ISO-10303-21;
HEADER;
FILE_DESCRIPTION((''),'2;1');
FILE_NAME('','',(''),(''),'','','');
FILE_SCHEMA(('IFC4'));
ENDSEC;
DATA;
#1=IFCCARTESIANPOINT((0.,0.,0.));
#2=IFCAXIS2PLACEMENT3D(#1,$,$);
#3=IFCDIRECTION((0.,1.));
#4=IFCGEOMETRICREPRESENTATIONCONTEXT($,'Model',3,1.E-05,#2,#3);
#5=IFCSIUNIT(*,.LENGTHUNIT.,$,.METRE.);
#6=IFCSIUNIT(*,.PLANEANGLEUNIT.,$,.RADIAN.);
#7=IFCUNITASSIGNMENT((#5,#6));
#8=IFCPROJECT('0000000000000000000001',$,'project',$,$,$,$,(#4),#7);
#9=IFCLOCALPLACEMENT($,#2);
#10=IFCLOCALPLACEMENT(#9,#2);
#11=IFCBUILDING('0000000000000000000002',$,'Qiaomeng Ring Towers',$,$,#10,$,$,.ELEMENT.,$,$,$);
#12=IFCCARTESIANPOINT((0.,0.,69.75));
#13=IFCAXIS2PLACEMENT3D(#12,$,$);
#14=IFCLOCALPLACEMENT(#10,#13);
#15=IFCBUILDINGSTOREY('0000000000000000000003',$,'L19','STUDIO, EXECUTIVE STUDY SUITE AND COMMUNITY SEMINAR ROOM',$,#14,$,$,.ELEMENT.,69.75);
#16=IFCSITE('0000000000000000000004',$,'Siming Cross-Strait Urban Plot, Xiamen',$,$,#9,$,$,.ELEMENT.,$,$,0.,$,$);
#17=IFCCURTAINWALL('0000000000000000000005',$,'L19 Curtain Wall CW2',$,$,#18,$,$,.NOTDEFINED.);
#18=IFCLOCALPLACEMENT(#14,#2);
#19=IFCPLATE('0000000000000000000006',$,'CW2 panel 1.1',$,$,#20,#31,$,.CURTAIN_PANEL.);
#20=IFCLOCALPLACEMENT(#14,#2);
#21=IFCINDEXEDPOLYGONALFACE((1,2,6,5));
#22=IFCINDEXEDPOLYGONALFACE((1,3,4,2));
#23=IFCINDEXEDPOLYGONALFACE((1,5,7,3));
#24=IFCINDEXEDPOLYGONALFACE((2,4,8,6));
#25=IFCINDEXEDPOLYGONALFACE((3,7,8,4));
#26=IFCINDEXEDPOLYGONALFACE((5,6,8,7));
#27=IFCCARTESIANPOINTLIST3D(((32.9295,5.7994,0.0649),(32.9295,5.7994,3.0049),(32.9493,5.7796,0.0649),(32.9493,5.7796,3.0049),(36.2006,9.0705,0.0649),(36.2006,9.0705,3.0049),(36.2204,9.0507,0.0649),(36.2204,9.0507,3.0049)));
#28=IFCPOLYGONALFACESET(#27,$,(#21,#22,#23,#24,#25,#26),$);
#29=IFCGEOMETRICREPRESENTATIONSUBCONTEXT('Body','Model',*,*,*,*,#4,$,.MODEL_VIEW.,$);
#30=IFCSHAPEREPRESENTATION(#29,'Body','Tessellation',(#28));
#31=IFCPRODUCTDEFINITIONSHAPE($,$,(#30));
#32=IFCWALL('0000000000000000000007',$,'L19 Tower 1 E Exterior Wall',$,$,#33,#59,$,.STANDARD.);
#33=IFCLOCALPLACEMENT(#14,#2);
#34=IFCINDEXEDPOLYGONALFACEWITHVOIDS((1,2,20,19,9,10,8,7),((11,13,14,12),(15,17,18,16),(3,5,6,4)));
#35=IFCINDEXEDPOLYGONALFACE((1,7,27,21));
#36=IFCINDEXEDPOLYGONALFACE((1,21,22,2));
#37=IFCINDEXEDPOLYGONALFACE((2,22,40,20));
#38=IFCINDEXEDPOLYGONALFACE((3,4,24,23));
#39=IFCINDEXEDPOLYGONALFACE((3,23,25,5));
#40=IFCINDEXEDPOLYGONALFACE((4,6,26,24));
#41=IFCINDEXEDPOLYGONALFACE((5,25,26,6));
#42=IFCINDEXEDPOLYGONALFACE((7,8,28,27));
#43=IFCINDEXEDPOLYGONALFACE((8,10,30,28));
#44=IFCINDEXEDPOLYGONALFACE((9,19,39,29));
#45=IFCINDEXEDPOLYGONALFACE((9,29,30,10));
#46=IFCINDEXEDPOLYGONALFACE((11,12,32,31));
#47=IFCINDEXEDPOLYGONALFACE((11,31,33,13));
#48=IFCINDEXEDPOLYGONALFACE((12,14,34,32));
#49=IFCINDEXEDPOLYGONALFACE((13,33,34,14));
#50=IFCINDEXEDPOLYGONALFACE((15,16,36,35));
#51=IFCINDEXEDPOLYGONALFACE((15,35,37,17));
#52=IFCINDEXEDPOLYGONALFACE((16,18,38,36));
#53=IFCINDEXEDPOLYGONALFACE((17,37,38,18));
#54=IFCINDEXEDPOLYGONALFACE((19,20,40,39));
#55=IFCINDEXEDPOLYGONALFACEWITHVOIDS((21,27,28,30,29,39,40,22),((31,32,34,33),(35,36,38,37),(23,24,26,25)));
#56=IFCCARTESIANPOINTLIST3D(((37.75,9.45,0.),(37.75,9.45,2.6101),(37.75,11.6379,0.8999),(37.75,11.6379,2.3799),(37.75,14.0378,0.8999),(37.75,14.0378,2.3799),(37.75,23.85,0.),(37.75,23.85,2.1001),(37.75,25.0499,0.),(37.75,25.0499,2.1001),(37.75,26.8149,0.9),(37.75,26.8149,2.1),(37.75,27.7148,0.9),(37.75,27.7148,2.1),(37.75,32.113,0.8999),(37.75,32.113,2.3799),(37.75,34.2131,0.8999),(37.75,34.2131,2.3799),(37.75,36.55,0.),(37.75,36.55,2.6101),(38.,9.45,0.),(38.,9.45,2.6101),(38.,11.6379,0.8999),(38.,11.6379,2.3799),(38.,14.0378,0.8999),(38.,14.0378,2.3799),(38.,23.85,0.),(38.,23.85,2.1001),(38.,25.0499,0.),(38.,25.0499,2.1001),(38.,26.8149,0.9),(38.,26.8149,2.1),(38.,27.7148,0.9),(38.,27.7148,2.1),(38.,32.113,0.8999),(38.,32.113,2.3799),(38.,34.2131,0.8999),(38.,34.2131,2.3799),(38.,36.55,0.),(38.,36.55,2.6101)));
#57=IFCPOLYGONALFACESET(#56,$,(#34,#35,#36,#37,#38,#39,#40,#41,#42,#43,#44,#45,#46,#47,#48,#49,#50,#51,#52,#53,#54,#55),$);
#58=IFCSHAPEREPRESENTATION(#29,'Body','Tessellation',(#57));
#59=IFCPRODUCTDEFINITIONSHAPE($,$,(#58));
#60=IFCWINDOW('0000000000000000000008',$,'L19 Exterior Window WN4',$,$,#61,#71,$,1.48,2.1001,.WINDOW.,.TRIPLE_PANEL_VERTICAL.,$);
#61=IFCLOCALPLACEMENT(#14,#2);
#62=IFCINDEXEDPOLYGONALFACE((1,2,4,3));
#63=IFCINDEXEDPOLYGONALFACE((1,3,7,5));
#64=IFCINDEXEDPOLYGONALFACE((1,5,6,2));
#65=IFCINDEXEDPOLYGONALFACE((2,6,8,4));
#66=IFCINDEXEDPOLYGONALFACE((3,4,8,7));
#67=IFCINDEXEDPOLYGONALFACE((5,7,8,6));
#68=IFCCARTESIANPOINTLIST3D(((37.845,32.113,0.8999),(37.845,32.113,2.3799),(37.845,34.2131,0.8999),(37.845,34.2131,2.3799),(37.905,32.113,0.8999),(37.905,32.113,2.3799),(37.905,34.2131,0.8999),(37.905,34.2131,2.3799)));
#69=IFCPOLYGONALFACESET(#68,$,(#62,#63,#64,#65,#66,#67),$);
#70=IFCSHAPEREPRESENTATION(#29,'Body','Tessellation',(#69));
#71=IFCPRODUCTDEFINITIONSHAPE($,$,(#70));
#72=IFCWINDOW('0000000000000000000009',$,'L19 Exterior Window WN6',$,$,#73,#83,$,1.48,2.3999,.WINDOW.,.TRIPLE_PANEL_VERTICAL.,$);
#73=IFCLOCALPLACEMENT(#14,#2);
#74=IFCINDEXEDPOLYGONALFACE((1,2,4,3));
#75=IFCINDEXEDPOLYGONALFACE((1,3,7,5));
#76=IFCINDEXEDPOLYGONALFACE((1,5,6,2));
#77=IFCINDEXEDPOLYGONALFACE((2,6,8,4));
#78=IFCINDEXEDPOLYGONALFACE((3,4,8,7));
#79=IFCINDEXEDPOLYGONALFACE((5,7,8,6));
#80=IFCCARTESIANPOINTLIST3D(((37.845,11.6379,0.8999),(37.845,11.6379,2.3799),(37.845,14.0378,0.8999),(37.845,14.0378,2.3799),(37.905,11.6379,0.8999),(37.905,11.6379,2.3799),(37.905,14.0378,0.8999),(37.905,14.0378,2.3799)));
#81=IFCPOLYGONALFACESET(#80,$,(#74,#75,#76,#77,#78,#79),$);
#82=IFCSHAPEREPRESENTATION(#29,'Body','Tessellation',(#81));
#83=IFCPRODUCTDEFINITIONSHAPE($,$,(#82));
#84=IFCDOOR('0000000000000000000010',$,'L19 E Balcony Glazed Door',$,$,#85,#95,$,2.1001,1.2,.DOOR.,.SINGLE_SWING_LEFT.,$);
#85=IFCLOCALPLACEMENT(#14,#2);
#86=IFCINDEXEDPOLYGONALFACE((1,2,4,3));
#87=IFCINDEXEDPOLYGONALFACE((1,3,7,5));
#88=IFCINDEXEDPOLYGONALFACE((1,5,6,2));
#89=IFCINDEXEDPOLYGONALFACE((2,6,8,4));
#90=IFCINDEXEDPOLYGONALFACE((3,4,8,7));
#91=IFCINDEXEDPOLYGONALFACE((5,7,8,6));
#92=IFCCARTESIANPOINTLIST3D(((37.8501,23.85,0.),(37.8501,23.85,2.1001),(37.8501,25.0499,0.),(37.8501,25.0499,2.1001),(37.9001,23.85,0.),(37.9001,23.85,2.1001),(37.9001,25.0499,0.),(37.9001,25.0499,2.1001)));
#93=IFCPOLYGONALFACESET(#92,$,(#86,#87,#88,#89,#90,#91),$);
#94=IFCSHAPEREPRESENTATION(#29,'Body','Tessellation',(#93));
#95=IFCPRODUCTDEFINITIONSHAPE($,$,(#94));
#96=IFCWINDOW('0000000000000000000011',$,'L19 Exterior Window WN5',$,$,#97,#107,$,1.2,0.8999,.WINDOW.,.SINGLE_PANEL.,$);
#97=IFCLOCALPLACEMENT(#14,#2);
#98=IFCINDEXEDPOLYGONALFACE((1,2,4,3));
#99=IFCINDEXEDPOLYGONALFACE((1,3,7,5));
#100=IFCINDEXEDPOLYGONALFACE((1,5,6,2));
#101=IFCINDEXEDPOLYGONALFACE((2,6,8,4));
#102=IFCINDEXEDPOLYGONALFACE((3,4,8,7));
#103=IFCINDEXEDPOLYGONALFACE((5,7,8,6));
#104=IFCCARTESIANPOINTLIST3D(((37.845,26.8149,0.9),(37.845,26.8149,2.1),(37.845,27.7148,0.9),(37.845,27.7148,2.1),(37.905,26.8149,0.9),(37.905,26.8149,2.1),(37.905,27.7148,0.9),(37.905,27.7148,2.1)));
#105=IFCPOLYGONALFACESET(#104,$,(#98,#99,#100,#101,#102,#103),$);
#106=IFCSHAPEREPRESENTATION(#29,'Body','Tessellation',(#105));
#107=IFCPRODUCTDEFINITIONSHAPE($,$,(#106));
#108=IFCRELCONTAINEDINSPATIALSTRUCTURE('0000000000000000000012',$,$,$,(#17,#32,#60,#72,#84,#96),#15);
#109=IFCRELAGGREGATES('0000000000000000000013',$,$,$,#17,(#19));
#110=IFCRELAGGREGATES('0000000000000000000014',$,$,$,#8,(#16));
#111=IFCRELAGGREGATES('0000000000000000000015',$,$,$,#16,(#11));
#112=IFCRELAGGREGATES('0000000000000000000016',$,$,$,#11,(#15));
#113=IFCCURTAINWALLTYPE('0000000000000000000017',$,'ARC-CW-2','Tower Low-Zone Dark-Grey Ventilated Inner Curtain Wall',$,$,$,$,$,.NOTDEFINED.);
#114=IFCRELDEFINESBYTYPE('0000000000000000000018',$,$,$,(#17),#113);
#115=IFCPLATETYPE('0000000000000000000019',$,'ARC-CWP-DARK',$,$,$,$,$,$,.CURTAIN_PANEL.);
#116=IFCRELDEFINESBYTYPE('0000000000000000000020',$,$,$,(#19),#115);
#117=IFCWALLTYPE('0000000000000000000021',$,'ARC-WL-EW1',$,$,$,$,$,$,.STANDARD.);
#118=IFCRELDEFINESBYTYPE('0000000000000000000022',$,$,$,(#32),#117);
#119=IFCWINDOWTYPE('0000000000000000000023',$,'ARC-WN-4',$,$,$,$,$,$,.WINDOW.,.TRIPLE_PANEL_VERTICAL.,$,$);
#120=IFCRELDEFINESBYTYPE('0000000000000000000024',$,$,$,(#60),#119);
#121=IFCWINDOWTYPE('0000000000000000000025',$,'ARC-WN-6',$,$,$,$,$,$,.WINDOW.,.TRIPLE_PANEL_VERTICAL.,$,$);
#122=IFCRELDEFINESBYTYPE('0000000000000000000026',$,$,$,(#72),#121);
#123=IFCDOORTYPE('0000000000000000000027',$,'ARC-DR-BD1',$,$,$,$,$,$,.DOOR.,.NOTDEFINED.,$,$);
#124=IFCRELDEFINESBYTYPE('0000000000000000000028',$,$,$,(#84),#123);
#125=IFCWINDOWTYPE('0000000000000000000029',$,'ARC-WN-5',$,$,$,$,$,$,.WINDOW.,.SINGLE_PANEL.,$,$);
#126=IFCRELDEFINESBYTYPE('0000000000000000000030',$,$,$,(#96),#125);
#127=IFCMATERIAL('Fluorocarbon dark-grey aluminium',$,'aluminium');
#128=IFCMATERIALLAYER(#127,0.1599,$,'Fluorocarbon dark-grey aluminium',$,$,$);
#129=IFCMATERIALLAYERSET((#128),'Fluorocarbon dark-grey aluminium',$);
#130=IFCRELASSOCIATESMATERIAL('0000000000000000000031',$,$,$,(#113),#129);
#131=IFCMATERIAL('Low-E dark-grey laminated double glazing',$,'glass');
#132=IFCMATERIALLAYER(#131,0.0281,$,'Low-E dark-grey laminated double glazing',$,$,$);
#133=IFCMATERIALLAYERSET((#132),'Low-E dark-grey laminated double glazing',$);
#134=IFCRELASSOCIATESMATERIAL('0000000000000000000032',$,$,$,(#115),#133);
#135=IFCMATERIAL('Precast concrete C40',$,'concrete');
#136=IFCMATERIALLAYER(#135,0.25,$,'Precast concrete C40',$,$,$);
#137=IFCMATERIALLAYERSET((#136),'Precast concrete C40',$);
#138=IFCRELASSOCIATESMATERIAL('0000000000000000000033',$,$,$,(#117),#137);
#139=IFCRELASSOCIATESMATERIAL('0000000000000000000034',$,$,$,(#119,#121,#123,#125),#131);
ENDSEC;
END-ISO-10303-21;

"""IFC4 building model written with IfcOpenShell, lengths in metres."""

from ifc_helpers import new_model, si_unit, direction, frame, frame_2d, origin, origin_2d, place, context, subcontext, project, spatial, rectangle, extrude, source, transform, mapped, material, layer, layer_set, type_object, element, fill, aggregate, save


model = new_model("IFC4")

# Units and contexts
model_context = context("Model", 3, precision=1e-05, world=origin(), true_north=direction((0.0, 1.0)))
body_context = subcontext(model_context, "Body", "Model", "MODEL_VIEW")
ifc_project = project(units=[si_unit("LENGTHUNIT", "METRE"), si_unit("PLANEANGLEUNIT", "RADIAN")], contexts=[model_context])

# Site, building, storey
site_placement = place(None, origin())
site = spatial("IfcSite", under=ifc_project, at=site_placement, Name="Siming Cross-Strait Urban Plot, Xiamen", CompositionType="ELEMENT", RefElevation=0.0)
building_placement = place(site_placement, origin())
building = spatial("IfcBuilding", under=site, at=building_placement, Name="Qiaomeng Ring Towers", CompositionType="ELEMENT")
storey_placement = place(building_placement, frame((0.0, 0.0, 69.75)))
storey = spatial("IfcBuildingStorey", under=building, at=storey_placement, Name="L19", Description="STUDIO, EXECUTIVE STUDY SUITE AND COMMUNITY SEMINAR ROOM", CompositionType="ELEMENT", Elevation=69.75)

# Curtain wall, plate
ifc_material_1 = material(Name="Fluorocarbon dark-grey aluminium", Category="aluminium")
ifc_layer_1 = layer(ifc_material_1, 0.1599, Name="Fluorocarbon dark-grey aluminium")
ifc_layer_set_1 = layer_set([ifc_layer_1], Name="Fluorocarbon dark-grey aluminium")
curtain_wall_type = type_object("IfcCurtainWallType", Name="ARC-CW-2", Description="Tower Low-Zone Dark-Grey Ventilated Inner Curtain Wall", PredefinedType="NOTDEFINED", material=ifc_layer_set_1)
curtain_wall_placement = place(storey_placement, origin())
curtain_wall = element("IfcCurtainWall", 1, at=curtain_wall_placement, inside=storey, type_object=curtain_wall_type, Name="L19 Curtain Wall CW2", PredefinedType="NOTDEFINED")
ifc_material_2 = material(Name="Low-E dark-grey laminated double glazing", Category="glass")
ifc_layer_2 = layer(ifc_material_2, 0.0281, Name="Low-E dark-grey laminated double glazing")
ifc_layer_set_2 = layer_set([ifc_layer_2], Name="Low-E dark-grey laminated double glazing")
plate_type = type_object("IfcPlateType", Name="ARC-CWP-DARK", PredefinedType="CURTAIN_PANEL", material=ifc_layer_set_2)
shared_shape_1 = source(origin(), body_context, "Body", "SweptSolid", [
    extrude(rectangle(XDim=4.626, YDim=0.0281, at=origin_2d()), origin(), (0.0, 0.0, 1.0), 2.9399),
])
plate_placement = place(storey_placement, frame((34.575, 7.425, 0.0649), z_axis=(0.0, 0.0, 1.0), x_axis=(0.707107, 0.707107, 0.0)))
plate = element("IfcPlate", 2, at=plate_placement, type_object=plate_type, Name="CW2 panel 1.1", PredefinedType="CURTAIN_PANEL", context=body_context, shape_type="MappedRepresentation", body=[
    mapped(shared_shape_1, transform((0.0, 0.0, 0.0), x_axis=(1.0, 0.0, 0.0), y_axis=(0.0, 1.0, 0.0), z_axis=(0.0, 0.0, 1.0), scale=1.0)),
])
aggregate(curtain_wall, [plate])

# Wall, openings, windows, door
ifc_material_3 = material(Name="Precast concrete C40", Category="concrete")
ifc_layer_3 = layer(ifc_material_3, 0.25, Name="Precast concrete C40")
ifc_layer_set_3 = layer_set([ifc_layer_3], Name="Precast concrete C40")
wall_type_1 = type_object("IfcWallType", Name="ARC-WL-EW1", PredefinedType="STANDARD", material=ifc_layer_set_3)
wall_1_placement = place(storey_placement, frame((37.875, 9.45, 0.0), z_axis=(0.0, 0.0, 1.0), x_axis=(0.0, 1.0, 0.0)))
wall_1 = element("IfcWall", 3, at=wall_1_placement, inside=storey, type_object=wall_type_1, Name="L19 Tower 1 E Exterior Wall", PredefinedType="STANDARD", context=body_context, shape_type="SweptSolid", body=[
    extrude(rectangle(XDim=27.1001, YDim=0.25, at=frame_2d((13.55, 0.0))), origin(), (0.0, 0.0, 1.0), 2.6101),
])
opening_1_placement = place(wall_1_placement, frame((14.3999, 0.0, 0.0)))
opening_1 = element("IfcOpeningElement", 4, at=opening_1_placement, cuts=wall_1, PredefinedType="OPENING", context=body_context, shape_type="SweptSolid", body=[
    extrude(rectangle(XDim=1.2, YDim=2.1001, at=frame_2d((0.6001, 1.05))), frame((0.0, 0.135, 0.0), z_axis=(0.0, -1.0, 0.0), x_axis=(1.0, 0.0, 0.0)), (0.0, 0.0, 1.0), 0.27),
])
opening_2_placement = place(wall_1_placement, frame((2.188, 0.0, 0.8999)))
opening_2 = element("IfcOpeningElement", 5, at=opening_2_placement, cuts=wall_1, PredefinedType="OPENING", context=body_context, shape_type="SweptSolid", body=[
    extrude(rectangle(XDim=2.3999, YDim=1.48, at=frame_2d((1.2, 0.74))), frame((0.0, 0.135, 0.0), z_axis=(0.0, -1.0, 0.0), x_axis=(1.0, 0.0, 0.0)), (0.0, 0.0, 1.0), 0.27),
])
opening_3_placement = place(wall_1_placement, frame((22.6631, 0.0, 0.8999)))
opening_3 = element("IfcOpeningElement", 6, at=opening_3_placement, cuts=wall_1, PredefinedType="OPENING", context=body_context, shape_type="SweptSolid", body=[
    extrude(rectangle(XDim=2.1001, YDim=1.48, at=frame_2d((1.05, 0.74))), frame((0.0, 0.135, 0.0), z_axis=(0.0, -1.0, 0.0), x_axis=(1.0, 0.0, 0.0)), (0.0, 0.0, 1.0), 0.27),
])
opening_4_placement = place(wall_1_placement, frame((17.365, 0.0, 0.8999)))
opening_4 = element("IfcOpeningElement", 7, at=opening_4_placement, cuts=wall_1, PredefinedType="OPENING", context=body_context, shape_type="SweptSolid", body=[
    extrude(rectangle(XDim=0.8999, YDim=1.2, at=frame_2d((0.45, 0.6001))), frame((0.0, 0.135, 0.0), z_axis=(0.0, -1.0, 0.0), x_axis=(1.0, 0.0, 0.0)), (0.0, 0.0, 1.0), 0.27),
])
window_type_1 = type_object("IfcWindowType", Name="ARC-WN-4", PartitioningType="TRIPLE_PANEL_VERTICAL", PredefinedType="WINDOW", material=ifc_material_2)
shared_shape_2 = source(origin(), body_context, "Body", "SweptSolid", [
    extrude(rectangle(XDim=2.1001, YDim=1.48, at=frame_2d((1.05, 0.74))), frame((0.0, 0.03, 0.0), z_axis=(0.0, -1.0, 0.0), x_axis=(1.0, 0.0, 0.0)), (0.0, 0.0, 1.0), 0.0601),
])
window_1_placement = place(opening_3_placement, origin())
window_1 = element("IfcWindow", 8, at=window_1_placement, inside=storey, type_object=window_type_1, Name="L19 Exterior Window WN4", OverallHeight=1.48, OverallWidth=2.1001, PartitioningType="TRIPLE_PANEL_VERTICAL", PredefinedType="WINDOW", context=body_context, shape_type="MappedRepresentation", body=[
    mapped(shared_shape_2, transform((0.0, 0.0, 0.0), x_axis=(1.0, 0.0, 0.0), y_axis=(0.0, 1.0, 0.0), z_axis=(0.0, 0.0, 1.0), scale=1.0)),
])
fill(opening_3, window_1)
window_type_2 = type_object("IfcWindowType", Name="ARC-WN-6", PartitioningType="TRIPLE_PANEL_VERTICAL", PredefinedType="WINDOW", material=ifc_material_2)
shared_shape_3 = source(origin(), body_context, "Body", "SweptSolid", [
    extrude(rectangle(XDim=2.3999, YDim=1.48, at=frame_2d((1.2, 0.74))), frame((0.0, 0.03, 0.0), z_axis=(0.0, -1.0, 0.0), x_axis=(1.0, 0.0, 0.0)), (0.0, 0.0, 1.0), 0.0601),
])
window_2_placement = place(opening_2_placement, origin())
window_2 = element("IfcWindow", 9, at=window_2_placement, inside=storey, type_object=window_type_2, Name="L19 Exterior Window WN6", OverallHeight=1.48, OverallWidth=2.3999, PartitioningType="TRIPLE_PANEL_VERTICAL", PredefinedType="WINDOW", context=body_context, shape_type="MappedRepresentation", body=[
    mapped(shared_shape_3, transform((0.0, 0.0, 0.0), x_axis=(1.0, 0.0, 0.0), y_axis=(0.0, 1.0, 0.0), z_axis=(0.0, 0.0, 1.0), scale=1.0)),
])
fill(opening_2, window_2)
door_type_1 = type_object("IfcDoorType", Name="ARC-DR-BD1", OperationType="NOTDEFINED", PredefinedType="DOOR", material=ifc_material_2)
shared_shape_4 = source(origin(), body_context, "Body", "SweptSolid", [
    extrude(rectangle(XDim=1.2, YDim=2.1001, at=frame_2d((0.6001, 1.05))), frame((0.0, 0.0249, 0.0), z_axis=(0.0, -1.0, 0.0), x_axis=(1.0, 0.0, 0.0)), (0.0, 0.0, 1.0), 0.05),
])
door_1_placement = place(opening_1_placement, origin())
door_1 = element("IfcDoor", 10, at=door_1_placement, inside=storey, type_object=door_type_1, Name="L19 E Balcony Glazed Door", OperationType="SINGLE_SWING_LEFT", OverallHeight=2.1001, OverallWidth=1.2, PredefinedType="DOOR", context=body_context, shape_type="MappedRepresentation", body=[
    mapped(shared_shape_4, transform((0.0, 0.0, 0.0), x_axis=(1.0, 0.0, 0.0), y_axis=(0.0, 1.0, 0.0), z_axis=(0.0, 0.0, 1.0), scale=1.0)),
])
fill(opening_1, door_1)
window_type_3 = type_object("IfcWindowType", Name="ARC-WN-5", PartitioningType="SINGLE_PANEL", PredefinedType="WINDOW", material=ifc_material_2)
shared_shape_5 = source(origin(), body_context, "Body", "SweptSolid", [
    extrude(rectangle(XDim=0.8999, YDim=1.2, at=frame_2d((0.45, 0.6001))), frame((0.0, 0.03, 0.0), z_axis=(0.0, -1.0, 0.0), x_axis=(1.0, 0.0, 0.0)), (0.0, 0.0, 1.0), 0.0601),
])
window_3_placement = place(opening_4_placement, origin())
window_3 = element("IfcWindow", 11, at=window_3_placement, inside=storey, type_object=window_type_3, Name="L19 Exterior Window WN5", OverallHeight=1.2, OverallWidth=0.8999, PartitioningType="SINGLE_PANEL", PredefinedType="WINDOW", context=body_context, shape_type="MappedRepresentation", body=[
    mapped(shared_shape_5, transform((0.0, 0.0, 0.0), x_axis=(1.0, 0.0, 0.0), y_axis=(0.0, 1.0, 0.0), z_axis=(0.0, 0.0, 1.0), scale=1.0)),
])
fill(opening_4, window_3)

save(model, "model.ifc")
